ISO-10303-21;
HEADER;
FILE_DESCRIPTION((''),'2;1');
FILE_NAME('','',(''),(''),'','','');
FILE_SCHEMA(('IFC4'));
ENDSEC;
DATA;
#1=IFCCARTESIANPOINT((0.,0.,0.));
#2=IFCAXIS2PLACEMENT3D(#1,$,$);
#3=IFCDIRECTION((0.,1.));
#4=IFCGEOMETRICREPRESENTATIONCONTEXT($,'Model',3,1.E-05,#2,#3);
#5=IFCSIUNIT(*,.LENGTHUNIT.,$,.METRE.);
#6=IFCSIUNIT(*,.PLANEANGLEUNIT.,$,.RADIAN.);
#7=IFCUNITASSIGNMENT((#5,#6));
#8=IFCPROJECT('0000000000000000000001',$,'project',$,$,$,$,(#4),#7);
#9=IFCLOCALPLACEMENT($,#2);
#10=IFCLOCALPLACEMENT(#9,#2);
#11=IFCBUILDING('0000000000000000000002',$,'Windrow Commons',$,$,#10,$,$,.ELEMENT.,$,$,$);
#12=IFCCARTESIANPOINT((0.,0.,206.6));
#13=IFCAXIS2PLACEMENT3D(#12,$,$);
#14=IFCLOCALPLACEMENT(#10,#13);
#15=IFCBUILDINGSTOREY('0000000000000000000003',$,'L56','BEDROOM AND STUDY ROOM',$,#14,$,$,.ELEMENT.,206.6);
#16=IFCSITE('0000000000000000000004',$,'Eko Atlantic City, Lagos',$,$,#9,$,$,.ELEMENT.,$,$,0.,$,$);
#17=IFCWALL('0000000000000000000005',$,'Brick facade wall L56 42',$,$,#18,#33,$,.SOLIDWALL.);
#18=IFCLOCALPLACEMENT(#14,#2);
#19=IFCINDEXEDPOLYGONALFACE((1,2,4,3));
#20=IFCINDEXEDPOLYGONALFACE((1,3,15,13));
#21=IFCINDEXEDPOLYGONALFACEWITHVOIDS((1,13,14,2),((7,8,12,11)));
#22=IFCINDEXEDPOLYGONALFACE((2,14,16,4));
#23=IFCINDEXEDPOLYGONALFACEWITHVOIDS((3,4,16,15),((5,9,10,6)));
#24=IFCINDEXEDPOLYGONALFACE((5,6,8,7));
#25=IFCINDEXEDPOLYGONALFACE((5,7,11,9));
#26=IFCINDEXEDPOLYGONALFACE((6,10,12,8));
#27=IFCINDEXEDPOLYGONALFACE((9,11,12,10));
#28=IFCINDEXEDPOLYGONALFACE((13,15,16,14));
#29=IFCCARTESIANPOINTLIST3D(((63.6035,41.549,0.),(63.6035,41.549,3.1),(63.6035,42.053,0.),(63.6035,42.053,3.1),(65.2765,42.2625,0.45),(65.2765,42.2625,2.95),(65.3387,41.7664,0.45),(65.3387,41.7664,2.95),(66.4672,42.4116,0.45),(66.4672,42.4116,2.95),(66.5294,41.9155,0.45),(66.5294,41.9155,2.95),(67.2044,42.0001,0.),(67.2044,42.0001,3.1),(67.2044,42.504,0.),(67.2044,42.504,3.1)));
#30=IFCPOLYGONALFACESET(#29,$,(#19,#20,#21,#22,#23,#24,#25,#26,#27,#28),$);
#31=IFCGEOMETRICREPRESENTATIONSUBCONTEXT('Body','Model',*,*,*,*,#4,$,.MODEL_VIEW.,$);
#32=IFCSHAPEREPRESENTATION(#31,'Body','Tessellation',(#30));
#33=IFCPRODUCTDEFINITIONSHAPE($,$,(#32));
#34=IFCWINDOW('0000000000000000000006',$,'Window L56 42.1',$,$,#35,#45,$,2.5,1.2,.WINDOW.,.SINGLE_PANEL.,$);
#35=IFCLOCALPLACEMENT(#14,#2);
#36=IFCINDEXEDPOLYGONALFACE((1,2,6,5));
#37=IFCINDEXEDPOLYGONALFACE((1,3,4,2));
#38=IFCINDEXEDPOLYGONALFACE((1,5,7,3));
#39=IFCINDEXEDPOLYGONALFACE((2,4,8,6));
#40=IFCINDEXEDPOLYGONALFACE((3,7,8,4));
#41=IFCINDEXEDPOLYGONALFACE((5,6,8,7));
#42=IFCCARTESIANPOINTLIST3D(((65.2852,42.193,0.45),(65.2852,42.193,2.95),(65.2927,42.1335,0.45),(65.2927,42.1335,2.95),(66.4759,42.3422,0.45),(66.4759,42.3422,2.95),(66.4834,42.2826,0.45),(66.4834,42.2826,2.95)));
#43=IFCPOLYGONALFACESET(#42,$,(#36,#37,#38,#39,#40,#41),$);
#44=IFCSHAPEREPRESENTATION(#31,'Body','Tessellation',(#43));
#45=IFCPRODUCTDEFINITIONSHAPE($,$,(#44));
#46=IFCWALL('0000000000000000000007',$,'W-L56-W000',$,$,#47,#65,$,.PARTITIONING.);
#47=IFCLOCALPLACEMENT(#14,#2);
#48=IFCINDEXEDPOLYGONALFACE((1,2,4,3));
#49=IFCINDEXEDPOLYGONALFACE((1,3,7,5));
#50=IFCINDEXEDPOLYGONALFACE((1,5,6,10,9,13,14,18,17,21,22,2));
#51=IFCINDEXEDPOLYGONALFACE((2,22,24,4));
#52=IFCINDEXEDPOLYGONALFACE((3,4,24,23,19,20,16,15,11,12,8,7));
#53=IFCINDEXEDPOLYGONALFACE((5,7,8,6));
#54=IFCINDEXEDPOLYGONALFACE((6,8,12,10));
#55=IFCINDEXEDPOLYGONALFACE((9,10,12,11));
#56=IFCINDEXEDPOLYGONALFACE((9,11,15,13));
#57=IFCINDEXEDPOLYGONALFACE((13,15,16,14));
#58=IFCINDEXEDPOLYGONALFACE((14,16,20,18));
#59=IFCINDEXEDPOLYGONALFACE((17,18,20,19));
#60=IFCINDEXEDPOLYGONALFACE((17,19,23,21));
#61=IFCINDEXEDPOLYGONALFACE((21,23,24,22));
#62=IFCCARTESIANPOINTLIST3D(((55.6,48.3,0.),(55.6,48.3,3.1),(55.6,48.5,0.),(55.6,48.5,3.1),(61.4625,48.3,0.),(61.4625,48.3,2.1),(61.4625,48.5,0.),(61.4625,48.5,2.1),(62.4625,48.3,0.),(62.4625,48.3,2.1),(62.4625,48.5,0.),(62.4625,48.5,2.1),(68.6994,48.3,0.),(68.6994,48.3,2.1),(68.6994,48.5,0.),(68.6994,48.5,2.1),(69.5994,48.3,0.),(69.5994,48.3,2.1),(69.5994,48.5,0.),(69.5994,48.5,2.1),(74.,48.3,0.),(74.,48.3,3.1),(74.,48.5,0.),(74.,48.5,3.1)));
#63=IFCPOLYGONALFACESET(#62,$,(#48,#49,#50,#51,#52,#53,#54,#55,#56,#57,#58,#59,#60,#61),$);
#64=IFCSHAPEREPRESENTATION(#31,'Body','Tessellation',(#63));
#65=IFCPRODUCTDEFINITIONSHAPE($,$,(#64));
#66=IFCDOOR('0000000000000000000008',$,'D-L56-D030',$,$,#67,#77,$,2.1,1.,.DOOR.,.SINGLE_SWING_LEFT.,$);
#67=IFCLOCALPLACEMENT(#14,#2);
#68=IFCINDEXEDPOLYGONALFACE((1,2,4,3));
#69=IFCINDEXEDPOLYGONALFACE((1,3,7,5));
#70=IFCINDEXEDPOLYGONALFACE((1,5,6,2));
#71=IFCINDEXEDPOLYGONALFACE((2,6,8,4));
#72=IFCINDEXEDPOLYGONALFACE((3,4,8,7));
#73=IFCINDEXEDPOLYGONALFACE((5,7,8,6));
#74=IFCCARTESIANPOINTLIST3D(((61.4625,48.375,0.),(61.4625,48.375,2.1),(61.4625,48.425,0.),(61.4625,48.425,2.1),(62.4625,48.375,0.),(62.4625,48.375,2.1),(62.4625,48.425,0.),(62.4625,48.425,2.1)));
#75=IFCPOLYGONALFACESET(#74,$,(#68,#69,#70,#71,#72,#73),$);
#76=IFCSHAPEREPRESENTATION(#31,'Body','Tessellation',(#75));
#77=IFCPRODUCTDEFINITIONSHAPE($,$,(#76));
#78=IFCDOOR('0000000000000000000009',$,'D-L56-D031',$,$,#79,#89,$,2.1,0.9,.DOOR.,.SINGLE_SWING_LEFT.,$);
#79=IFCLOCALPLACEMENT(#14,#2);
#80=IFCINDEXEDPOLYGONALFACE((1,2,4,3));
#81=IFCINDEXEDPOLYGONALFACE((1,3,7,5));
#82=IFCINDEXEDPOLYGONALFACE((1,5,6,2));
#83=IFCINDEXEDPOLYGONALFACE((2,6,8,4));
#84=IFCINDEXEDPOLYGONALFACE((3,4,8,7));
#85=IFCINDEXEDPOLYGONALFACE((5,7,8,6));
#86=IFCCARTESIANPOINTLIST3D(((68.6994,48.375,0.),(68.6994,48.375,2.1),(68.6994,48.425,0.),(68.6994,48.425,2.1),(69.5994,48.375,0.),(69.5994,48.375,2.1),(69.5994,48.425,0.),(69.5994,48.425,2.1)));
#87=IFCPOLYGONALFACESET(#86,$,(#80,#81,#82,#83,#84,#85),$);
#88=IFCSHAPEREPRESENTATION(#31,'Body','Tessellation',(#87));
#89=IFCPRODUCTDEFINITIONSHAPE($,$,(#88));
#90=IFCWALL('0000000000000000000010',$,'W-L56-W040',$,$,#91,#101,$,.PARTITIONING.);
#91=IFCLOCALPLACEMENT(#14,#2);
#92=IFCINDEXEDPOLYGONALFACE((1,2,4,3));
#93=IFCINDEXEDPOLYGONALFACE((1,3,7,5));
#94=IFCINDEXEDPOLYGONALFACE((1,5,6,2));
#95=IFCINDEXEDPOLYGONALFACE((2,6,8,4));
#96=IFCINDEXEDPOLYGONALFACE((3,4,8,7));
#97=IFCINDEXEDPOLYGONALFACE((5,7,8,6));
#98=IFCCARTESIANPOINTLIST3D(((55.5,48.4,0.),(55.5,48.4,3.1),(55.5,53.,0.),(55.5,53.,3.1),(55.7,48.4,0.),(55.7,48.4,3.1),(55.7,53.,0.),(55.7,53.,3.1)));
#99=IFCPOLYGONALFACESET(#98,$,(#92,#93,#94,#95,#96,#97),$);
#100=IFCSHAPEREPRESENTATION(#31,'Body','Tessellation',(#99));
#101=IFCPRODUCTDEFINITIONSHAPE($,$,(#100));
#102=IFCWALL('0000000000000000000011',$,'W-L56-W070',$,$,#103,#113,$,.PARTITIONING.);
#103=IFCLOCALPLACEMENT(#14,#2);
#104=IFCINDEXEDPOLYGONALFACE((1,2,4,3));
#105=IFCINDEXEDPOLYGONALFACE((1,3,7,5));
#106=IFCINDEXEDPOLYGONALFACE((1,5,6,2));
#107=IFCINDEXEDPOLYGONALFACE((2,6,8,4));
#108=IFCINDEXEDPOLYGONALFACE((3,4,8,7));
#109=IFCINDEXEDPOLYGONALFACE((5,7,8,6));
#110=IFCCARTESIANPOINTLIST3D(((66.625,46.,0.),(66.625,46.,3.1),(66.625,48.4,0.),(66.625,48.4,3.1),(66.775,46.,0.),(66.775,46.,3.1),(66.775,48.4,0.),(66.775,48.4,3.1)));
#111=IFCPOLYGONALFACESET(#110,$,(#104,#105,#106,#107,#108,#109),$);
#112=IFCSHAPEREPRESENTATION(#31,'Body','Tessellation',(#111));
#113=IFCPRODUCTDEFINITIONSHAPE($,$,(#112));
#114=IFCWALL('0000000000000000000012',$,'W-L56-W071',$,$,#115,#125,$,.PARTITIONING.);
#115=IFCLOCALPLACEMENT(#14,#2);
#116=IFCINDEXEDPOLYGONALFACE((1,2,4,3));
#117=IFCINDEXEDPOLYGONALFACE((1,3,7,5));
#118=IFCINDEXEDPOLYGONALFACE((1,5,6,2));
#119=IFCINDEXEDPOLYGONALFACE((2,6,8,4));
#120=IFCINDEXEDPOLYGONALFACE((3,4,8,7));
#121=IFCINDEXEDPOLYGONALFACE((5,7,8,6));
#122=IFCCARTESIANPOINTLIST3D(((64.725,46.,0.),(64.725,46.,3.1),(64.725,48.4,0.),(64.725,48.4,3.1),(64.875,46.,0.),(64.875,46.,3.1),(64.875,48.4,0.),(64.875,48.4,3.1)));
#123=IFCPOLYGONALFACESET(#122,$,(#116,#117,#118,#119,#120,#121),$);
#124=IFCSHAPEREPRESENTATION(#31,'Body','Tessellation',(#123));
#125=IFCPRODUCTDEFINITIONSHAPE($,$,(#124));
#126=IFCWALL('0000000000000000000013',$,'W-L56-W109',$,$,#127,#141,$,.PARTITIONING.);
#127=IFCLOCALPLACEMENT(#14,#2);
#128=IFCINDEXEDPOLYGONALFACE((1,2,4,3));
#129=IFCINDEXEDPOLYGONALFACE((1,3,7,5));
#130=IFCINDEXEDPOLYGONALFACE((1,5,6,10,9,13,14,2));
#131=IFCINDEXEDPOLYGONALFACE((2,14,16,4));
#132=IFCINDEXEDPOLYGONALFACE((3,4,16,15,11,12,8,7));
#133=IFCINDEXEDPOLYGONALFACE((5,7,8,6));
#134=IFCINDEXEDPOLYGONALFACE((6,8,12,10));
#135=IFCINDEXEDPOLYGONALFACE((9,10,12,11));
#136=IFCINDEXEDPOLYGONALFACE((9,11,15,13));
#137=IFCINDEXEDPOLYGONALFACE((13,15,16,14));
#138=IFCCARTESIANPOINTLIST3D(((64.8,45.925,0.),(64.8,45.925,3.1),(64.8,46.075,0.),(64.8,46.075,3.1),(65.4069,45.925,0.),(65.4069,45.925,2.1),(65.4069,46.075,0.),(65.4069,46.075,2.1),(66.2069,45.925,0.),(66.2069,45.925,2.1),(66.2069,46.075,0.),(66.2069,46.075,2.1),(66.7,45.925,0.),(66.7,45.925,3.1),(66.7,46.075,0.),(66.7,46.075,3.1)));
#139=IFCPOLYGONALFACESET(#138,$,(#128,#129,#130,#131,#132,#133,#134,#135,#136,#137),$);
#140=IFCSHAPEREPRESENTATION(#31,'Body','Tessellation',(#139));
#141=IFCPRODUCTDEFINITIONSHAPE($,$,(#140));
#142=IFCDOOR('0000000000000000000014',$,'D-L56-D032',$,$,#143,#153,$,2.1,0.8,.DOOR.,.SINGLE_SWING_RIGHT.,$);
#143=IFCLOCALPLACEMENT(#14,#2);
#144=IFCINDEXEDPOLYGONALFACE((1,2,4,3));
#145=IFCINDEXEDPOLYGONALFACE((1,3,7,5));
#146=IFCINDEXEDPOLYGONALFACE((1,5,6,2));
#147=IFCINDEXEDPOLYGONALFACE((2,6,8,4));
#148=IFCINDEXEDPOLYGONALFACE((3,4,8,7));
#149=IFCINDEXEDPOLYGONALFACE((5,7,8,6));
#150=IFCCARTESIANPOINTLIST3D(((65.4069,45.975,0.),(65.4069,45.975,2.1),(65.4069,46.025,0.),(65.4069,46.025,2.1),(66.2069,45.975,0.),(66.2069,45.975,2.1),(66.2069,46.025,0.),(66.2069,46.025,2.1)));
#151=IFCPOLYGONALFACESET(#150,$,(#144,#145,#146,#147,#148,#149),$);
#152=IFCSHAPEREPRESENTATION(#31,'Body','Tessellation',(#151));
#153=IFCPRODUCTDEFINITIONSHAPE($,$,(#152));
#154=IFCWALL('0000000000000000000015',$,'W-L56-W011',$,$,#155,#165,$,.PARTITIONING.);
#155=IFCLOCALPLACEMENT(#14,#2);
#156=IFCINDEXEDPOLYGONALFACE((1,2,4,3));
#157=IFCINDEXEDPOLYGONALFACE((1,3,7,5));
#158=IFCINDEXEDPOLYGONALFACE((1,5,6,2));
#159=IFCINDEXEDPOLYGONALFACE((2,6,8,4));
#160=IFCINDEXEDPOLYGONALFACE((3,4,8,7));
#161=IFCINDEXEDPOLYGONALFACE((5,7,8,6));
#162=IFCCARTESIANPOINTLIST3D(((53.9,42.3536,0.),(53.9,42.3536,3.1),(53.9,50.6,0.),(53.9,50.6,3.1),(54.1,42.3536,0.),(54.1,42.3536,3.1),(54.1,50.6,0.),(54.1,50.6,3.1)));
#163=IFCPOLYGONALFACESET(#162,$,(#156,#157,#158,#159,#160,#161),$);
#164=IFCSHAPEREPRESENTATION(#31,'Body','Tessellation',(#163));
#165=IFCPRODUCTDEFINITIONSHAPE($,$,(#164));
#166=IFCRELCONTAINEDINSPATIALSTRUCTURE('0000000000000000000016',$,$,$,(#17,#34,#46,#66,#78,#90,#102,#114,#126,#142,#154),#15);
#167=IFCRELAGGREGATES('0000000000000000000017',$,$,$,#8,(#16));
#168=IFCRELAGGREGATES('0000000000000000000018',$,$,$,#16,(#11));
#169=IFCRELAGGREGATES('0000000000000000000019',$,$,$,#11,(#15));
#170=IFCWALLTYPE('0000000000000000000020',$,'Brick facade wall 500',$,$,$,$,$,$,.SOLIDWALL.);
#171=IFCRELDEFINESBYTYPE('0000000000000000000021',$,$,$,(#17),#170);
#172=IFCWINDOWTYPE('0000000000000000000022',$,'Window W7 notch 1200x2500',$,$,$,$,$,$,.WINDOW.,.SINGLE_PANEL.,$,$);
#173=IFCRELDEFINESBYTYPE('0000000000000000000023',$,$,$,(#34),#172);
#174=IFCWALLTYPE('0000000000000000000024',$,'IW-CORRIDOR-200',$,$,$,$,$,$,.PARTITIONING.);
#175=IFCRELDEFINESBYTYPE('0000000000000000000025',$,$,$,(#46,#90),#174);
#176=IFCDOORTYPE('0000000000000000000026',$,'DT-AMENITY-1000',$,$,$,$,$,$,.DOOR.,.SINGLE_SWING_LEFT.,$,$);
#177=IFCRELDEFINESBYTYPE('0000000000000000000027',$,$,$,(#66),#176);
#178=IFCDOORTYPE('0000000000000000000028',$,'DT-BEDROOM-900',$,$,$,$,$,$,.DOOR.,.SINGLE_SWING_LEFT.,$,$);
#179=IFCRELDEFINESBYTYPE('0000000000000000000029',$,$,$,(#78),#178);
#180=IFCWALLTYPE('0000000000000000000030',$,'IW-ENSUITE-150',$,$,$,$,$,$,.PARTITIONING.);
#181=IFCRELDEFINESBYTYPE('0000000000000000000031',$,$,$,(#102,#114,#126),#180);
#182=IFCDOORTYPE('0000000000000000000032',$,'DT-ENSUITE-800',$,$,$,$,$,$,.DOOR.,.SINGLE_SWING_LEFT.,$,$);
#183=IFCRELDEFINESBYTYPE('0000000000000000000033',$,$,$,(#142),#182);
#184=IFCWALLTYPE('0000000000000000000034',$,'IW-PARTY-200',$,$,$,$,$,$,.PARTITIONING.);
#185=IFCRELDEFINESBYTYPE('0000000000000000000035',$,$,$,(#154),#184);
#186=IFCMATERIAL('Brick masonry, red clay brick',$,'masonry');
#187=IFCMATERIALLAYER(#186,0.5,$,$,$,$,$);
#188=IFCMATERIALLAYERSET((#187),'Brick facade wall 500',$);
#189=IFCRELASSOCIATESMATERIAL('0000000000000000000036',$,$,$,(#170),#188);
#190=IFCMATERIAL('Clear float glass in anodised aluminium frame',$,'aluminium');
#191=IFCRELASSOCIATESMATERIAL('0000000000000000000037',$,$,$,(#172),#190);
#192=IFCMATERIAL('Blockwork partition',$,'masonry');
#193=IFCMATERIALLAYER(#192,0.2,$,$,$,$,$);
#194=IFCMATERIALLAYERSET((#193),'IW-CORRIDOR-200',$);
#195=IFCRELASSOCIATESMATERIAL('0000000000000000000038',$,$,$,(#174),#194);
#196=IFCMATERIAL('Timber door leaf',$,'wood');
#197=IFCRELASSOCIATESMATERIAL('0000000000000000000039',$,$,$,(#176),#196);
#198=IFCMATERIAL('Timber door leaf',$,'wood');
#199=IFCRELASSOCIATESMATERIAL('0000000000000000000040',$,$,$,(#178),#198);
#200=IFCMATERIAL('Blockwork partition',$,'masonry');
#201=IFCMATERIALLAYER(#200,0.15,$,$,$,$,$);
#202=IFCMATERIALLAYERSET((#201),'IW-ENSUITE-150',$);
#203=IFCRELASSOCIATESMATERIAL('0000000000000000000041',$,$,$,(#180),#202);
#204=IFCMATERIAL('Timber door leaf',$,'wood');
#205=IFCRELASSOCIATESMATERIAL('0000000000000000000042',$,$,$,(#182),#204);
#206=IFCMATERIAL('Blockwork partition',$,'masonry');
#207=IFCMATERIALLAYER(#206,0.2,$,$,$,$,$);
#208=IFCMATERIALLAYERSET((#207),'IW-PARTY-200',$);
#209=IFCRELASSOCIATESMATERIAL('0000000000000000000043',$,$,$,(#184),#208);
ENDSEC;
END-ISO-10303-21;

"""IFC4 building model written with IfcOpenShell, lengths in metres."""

from ifc_helpers import new_model, si_unit, direction, frame, frame_2d, origin, place, context, subcontext, project, spatial, polyline, rectangle, outline, extrude, material, layer, layer_set, type_object, element, fill, save


model = new_model("IFC4")

# Units and contexts
model_context = context("Model", 3, precision=1e-05, world=origin(), true_north=direction((0.0, 1.0)))
body_context = subcontext(model_context, "Body", "Model", "MODEL_VIEW")
ifc_project = project(units=[si_unit("LENGTHUNIT", "METRE"), si_unit("PLANEANGLEUNIT", "RADIAN")], contexts=[model_context])

# Site, building, storey
site_placement = place(None, origin())
site = spatial("IfcSite", under=ifc_project, at=site_placement, Name="Eko Atlantic City, Lagos", CompositionType="ELEMENT", RefElevation=0.0)
building_placement = place(site_placement, origin())
building = spatial("IfcBuilding", under=site, at=building_placement, Name="Windrow Commons", CompositionType="ELEMENT")
storey_placement = place(building_placement, frame((0.0, 0.0, 206.6)))
storey = spatial("IfcBuildingStorey", under=building, at=storey_placement, Name="L56", Description="BEDROOM AND STUDY ROOM", CompositionType="ELEMENT", Elevation=206.6)

# Wall, opening, window
ifc_material_1 = material(Name="Brick masonry, red clay brick", Category="masonry")
ifc_layer_1 = layer(ifc_material_1, 0.5)
ifc_layer_set_1 = layer_set([ifc_layer_1], Name="Brick facade wall 500")
wall_type_1 = type_object("IfcWallType", Name="Brick facade wall 500", PredefinedType="SOLIDWALL", material=ifc_layer_set_1)
ifc_material_2 = material(Name="Clear float glass in anodised aluminium frame", Category="aluminium")
window_type = type_object("IfcWindowType", Name="Window W7 notch 1200x2500", PartitioningType="SINGLE_PANEL", PredefinedType="WINDOW", material=ifc_material_2)
wall_1_placement = place(storey_placement, frame((63.6035, 41.801, 0.0), z_axis=(0.0, 0.0, 1.0), x_axis=(0.992247, 0.124279, 0.0)))
wall_1 = element("IfcWall", 1, at=wall_1_placement, inside=storey, type_object=wall_type_1, Name="Brick facade wall L56 42", PredefinedType="SOLIDWALL", context=body_context, shape_type="SweptSolid", body=[
    extrude(outline(polyline([(-0.0313, -0.25), (3.5977, -0.25), (3.6603, 0.25), (0.0313, 0.25), (-0.0313, -0.25)])), origin(), (0.0, 0.0, 1.0), 3.1),
])
opening_1_placement = place(wall_1_placement, frame((1.7174, 0.0, 0.45)))
opening_1 = element("IfcOpeningElement", 2, at=opening_1_placement, cuts=wall_1, PredefinedType="OPENING", context=body_context, shape_type="SweptSolid", body=[
    extrude(rectangle(XDim=1.2, YDim=2.5, at=frame_2d((0.6, 1.25))), frame((0.0, 0.26, 0.0), z_axis=(0.0, -1.0, 0.0), x_axis=(1.0, 0.0, 0.0)), (0.0, 0.0, 1.0), 0.52),
])
window_1_placement = place(opening_1_placement, origin())
window_1 = element("IfcWindow", 3, at=window_1_placement, inside=storey, type_object=window_type, Name="Window L56 42.1", OverallHeight=2.5, OverallWidth=1.2, PartitioningType="SINGLE_PANEL", PredefinedType="WINDOW", context=body_context, shape_type="SweptSolid", body=[
    extrude(rectangle(XDim=1.2, YDim=2.5, at=frame_2d((0.6, 1.25))), frame((0.0, 0.18, 0.0), z_axis=(0.0, -1.0, 0.0), x_axis=(1.0, 0.0, 0.0)), (0.0, 0.0, 1.0), 0.06),
])
fill(opening_1, window_1)

# Wall, openings, doors
ifc_material_3 = material(Name="Blockwork partition", Category="masonry")
ifc_layer_2 = layer(ifc_material_3, 0.2)
ifc_layer_set_2 = layer_set([ifc_layer_2], Name="IW-CORRIDOR-200")
wall_type_2 = type_object("IfcWallType", Name="IW-CORRIDOR-200", PredefinedType="PARTITIONING", material=ifc_layer_set_2)
wall_2_placement = place(storey_placement, frame((55.6, 48.4, 0.0), z_axis=(0.0, 0.0, 1.0), x_axis=(1.0, 0.0, 0.0)))
wall_2 = element("IfcWall", 4, at=wall_2_placement, inside=storey, type_object=wall_type_2, Name="W-L56-W000", PredefinedType="PARTITIONING", context=body_context, shape_type="SweptSolid", body=[
    extrude(rectangle(XDim=18.4, YDim=0.2, at=frame_2d((9.2, 0.0))), origin(), (0.0, 0.0, 1.0), 3.1),
])
opening_2_placement = place(wall_2_placement, frame((5.8625, 0.0, 0.0)))
opening_2 = element("IfcOpeningElement", 5, at=opening_2_placement, cuts=wall_2, PredefinedType="OPENING", context=body_context, shape_type="SweptSolid", body=[
    extrude(rectangle(XDim=1.0, YDim=2.1, at=frame_2d((0.5, 1.05))), frame((0.0, 0.11, 0.0), z_axis=(0.0, -1.0, 0.0), x_axis=(1.0, 0.0, 0.0)), (0.0, 0.0, 1.0), 0.22),
])
opening_3_placement = place(wall_2_placement, frame((13.0994, 0.0, 0.0)))
opening_3 = element("IfcOpeningElement", 6, at=opening_3_placement, cuts=wall_2, PredefinedType="OPENING", context=body_context, shape_type="SweptSolid", body=[
    extrude(rectangle(XDim=0.9, YDim=2.1, at=frame_2d((0.45, 1.05))), frame((0.0, 0.11, 0.0), z_axis=(0.0, -1.0, 0.0), x_axis=(1.0, 0.0, 0.0)), (0.0, 0.0, 1.0), 0.22),
])
ifc_material_4 = material(Name="Timber door leaf", Category="wood")
door_type_1 = type_object("IfcDoorType", Name="DT-AMENITY-1000", OperationType="SINGLE_SWING_LEFT", PredefinedType="DOOR", material=ifc_material_4)
door_1_placement = place(opening_2_placement, origin())
door_1 = element("IfcDoor", 7, at=door_1_placement, inside=storey, type_object=door_type_1, Name="D-L56-D030", OperationType="SINGLE_SWING_LEFT", OverallHeight=2.1, OverallWidth=1.0, PredefinedType="DOOR", context=body_context, shape_type="SweptSolid", body=[
    extrude(rectangle(XDim=1.0, YDim=2.1, at=frame_2d((0.5, 1.05))), frame((0.0, 0.025, 0.0), z_axis=(0.0, -1.0, 0.0), x_axis=(1.0, 0.0, 0.0)), (0.0, 0.0, 1.0), 0.05),
])
fill(opening_2, door_1)
ifc_material_5 = material(Name="Timber door leaf", Category="wood")
door_type_2 = type_object("IfcDoorType", Name="DT-BEDROOM-900", OperationType="SINGLE_SWING_LEFT", PredefinedType="DOOR", material=ifc_material_5)
door_2_placement = place(opening_3_placement, origin())
door_2 = element("IfcDoor", 8, at=door_2_placement, inside=storey, type_object=door_type_2, Name="D-L56-D031", OperationType="SINGLE_SWING_LEFT", OverallHeight=2.1, OverallWidth=0.9, PredefinedType="DOOR", context=body_context, shape_type="SweptSolid", body=[
    extrude(rectangle(XDim=0.9, YDim=2.1, at=frame_2d((0.45, 1.05))), frame((0.0, 0.025, 0.0), z_axis=(0.0, -1.0, 0.0), x_axis=(1.0, 0.0, 0.0)), (0.0, 0.0, 1.0), 0.05),
])
fill(opening_3, door_2)

# Walls
wall_3_placement = place(storey_placement, frame((55.6, 48.4, 0.0), z_axis=(0.0, 0.0, 1.0), x_axis=(0.0, 1.0, 0.0)))
element("IfcWall", 9, at=wall_3_placement, inside=storey, type_object=wall_type_2, Name="W-L56-W040", PredefinedType="PARTITIONING", context=body_context, shape_type="SweptSolid", body=[
    extrude(rectangle(XDim=4.6, YDim=0.2, at=frame_2d((2.3, 0.0))), origin(), (0.0, 0.0, 1.0), 3.1),
])
ifc_material_6 = material(Name="Blockwork partition", Category="masonry")
ifc_layer_3 = layer(ifc_material_6, 0.15)
ifc_layer_set_3 = layer_set([ifc_layer_3], Name="IW-ENSUITE-150")
wall_type_3 = type_object("IfcWallType", Name="IW-ENSUITE-150", PredefinedType="PARTITIONING", material=ifc_layer_set_3)
for number, where, z_axis, x_axis, name in (
    (10, (66.7, 46.0, 0.0), (0.0, 0.0, 1.0), (0.0, 1.0, 0.0), "W-L56-W070"),
    (11, (64.8, 46.0, 0.0), (0.0, 0.0, 1.0), (0.0, 1.0, 0.0), "W-L56-W071"),
):
    element("IfcWall", number, at=place(storey_placement, frame(where, z_axis=z_axis, x_axis=x_axis)), inside=storey, type_object=wall_type_3, Name=name, PredefinedType="PARTITIONING", context=body_context, shape_type="SweptSolid", body=[
        extrude(rectangle(XDim=2.4, YDim=0.15, at=frame_2d((1.2, 0.0))), origin(), (0.0, 0.0, 1.0), 3.1),
    ])

# Wall, opening, door
wall_4_placement = place(storey_placement, frame((64.8, 46.0, 0.0), z_axis=(0.0, 0.0, 1.0), x_axis=(1.0, 0.0, 0.0)))
wall_4 = element("IfcWall", 12, at=wall_4_placement, inside=storey, type_object=wall_type_3, Name="W-L56-W109", PredefinedType="PARTITIONING", context=body_context, shape_type="SweptSolid", body=[
    extrude(rectangle(XDim=1.9, YDim=0.15, at=frame_2d((0.95, 0.0))), origin(), (0.0, 0.0, 1.0), 3.1),
])
opening_4_placement = place(wall_4_placement, frame((0.6069, 0.0, 0.0)))
opening_4 = element("IfcOpeningElement", 13, at=opening_4_placement, cuts=wall_4, PredefinedType="OPENING", context=body_context, shape_type="SweptSolid", body=[
    extrude(rectangle(XDim=0.8, YDim=2.1, at=frame_2d((0.4, 1.05))), frame((0.0, 0.085, 0.0), z_axis=(0.0, -1.0, 0.0), x_axis=(1.0, 0.0, 0.0)), (0.0, 0.0, 1.0), 0.17),
])
ifc_material_7 = material(Name="Timber door leaf", Category="wood")
door_type_3 = type_object("IfcDoorType", Name="DT-ENSUITE-800", OperationType="SINGLE_SWING_LEFT", PredefinedType="DOOR", material=ifc_material_7)
door_3_placement = place(opening_4_placement, origin())
door_3 = element("IfcDoor", 14, at=door_3_placement, inside=storey, type_object=door_type_3, Name="D-L56-D032", OperationType="SINGLE_SWING_RIGHT", OverallHeight=2.1, OverallWidth=0.8, PredefinedType="DOOR", context=body_context, shape_type="SweptSolid", body=[
    extrude(rectangle(XDim=0.8, YDim=2.1, at=frame_2d((0.4, 1.05))), frame((0.0, 0.025, 0.0), z_axis=(0.0, -1.0, 0.0), x_axis=(1.0, 0.0, 0.0)), (0.0, 0.0, 1.0), 0.05),
])
fill(opening_4, door_3)

# Wall
ifc_material_8 = material(Name="Blockwork partition", Category="masonry")
ifc_layer_4 = layer(ifc_material_8, 0.2)
ifc_layer_set_4 = layer_set([ifc_layer_4], Name="IW-PARTY-200")
wall_type_4 = type_object("IfcWallType", Name="IW-PARTY-200", PredefinedType="PARTITIONING", material=ifc_layer_set_4)
wall_5_placement = place(storey_placement, frame((54.0, 42.3537, 0.0), z_axis=(0.0, 0.0, 1.0), x_axis=(0.0, 1.0, 0.0)))
element("IfcWall", 15, at=wall_5_placement, inside=storey, type_object=wall_type_4, Name="W-L56-W011", PredefinedType="PARTITIONING", context=body_context, shape_type="SweptSolid", body=[
    extrude(rectangle(XDim=8.2463, YDim=0.2, at=frame_2d((4.1231, 0.0))), origin(), (0.0, 0.0, 1.0), 3.1),
])

save(model, "model.ifc")
